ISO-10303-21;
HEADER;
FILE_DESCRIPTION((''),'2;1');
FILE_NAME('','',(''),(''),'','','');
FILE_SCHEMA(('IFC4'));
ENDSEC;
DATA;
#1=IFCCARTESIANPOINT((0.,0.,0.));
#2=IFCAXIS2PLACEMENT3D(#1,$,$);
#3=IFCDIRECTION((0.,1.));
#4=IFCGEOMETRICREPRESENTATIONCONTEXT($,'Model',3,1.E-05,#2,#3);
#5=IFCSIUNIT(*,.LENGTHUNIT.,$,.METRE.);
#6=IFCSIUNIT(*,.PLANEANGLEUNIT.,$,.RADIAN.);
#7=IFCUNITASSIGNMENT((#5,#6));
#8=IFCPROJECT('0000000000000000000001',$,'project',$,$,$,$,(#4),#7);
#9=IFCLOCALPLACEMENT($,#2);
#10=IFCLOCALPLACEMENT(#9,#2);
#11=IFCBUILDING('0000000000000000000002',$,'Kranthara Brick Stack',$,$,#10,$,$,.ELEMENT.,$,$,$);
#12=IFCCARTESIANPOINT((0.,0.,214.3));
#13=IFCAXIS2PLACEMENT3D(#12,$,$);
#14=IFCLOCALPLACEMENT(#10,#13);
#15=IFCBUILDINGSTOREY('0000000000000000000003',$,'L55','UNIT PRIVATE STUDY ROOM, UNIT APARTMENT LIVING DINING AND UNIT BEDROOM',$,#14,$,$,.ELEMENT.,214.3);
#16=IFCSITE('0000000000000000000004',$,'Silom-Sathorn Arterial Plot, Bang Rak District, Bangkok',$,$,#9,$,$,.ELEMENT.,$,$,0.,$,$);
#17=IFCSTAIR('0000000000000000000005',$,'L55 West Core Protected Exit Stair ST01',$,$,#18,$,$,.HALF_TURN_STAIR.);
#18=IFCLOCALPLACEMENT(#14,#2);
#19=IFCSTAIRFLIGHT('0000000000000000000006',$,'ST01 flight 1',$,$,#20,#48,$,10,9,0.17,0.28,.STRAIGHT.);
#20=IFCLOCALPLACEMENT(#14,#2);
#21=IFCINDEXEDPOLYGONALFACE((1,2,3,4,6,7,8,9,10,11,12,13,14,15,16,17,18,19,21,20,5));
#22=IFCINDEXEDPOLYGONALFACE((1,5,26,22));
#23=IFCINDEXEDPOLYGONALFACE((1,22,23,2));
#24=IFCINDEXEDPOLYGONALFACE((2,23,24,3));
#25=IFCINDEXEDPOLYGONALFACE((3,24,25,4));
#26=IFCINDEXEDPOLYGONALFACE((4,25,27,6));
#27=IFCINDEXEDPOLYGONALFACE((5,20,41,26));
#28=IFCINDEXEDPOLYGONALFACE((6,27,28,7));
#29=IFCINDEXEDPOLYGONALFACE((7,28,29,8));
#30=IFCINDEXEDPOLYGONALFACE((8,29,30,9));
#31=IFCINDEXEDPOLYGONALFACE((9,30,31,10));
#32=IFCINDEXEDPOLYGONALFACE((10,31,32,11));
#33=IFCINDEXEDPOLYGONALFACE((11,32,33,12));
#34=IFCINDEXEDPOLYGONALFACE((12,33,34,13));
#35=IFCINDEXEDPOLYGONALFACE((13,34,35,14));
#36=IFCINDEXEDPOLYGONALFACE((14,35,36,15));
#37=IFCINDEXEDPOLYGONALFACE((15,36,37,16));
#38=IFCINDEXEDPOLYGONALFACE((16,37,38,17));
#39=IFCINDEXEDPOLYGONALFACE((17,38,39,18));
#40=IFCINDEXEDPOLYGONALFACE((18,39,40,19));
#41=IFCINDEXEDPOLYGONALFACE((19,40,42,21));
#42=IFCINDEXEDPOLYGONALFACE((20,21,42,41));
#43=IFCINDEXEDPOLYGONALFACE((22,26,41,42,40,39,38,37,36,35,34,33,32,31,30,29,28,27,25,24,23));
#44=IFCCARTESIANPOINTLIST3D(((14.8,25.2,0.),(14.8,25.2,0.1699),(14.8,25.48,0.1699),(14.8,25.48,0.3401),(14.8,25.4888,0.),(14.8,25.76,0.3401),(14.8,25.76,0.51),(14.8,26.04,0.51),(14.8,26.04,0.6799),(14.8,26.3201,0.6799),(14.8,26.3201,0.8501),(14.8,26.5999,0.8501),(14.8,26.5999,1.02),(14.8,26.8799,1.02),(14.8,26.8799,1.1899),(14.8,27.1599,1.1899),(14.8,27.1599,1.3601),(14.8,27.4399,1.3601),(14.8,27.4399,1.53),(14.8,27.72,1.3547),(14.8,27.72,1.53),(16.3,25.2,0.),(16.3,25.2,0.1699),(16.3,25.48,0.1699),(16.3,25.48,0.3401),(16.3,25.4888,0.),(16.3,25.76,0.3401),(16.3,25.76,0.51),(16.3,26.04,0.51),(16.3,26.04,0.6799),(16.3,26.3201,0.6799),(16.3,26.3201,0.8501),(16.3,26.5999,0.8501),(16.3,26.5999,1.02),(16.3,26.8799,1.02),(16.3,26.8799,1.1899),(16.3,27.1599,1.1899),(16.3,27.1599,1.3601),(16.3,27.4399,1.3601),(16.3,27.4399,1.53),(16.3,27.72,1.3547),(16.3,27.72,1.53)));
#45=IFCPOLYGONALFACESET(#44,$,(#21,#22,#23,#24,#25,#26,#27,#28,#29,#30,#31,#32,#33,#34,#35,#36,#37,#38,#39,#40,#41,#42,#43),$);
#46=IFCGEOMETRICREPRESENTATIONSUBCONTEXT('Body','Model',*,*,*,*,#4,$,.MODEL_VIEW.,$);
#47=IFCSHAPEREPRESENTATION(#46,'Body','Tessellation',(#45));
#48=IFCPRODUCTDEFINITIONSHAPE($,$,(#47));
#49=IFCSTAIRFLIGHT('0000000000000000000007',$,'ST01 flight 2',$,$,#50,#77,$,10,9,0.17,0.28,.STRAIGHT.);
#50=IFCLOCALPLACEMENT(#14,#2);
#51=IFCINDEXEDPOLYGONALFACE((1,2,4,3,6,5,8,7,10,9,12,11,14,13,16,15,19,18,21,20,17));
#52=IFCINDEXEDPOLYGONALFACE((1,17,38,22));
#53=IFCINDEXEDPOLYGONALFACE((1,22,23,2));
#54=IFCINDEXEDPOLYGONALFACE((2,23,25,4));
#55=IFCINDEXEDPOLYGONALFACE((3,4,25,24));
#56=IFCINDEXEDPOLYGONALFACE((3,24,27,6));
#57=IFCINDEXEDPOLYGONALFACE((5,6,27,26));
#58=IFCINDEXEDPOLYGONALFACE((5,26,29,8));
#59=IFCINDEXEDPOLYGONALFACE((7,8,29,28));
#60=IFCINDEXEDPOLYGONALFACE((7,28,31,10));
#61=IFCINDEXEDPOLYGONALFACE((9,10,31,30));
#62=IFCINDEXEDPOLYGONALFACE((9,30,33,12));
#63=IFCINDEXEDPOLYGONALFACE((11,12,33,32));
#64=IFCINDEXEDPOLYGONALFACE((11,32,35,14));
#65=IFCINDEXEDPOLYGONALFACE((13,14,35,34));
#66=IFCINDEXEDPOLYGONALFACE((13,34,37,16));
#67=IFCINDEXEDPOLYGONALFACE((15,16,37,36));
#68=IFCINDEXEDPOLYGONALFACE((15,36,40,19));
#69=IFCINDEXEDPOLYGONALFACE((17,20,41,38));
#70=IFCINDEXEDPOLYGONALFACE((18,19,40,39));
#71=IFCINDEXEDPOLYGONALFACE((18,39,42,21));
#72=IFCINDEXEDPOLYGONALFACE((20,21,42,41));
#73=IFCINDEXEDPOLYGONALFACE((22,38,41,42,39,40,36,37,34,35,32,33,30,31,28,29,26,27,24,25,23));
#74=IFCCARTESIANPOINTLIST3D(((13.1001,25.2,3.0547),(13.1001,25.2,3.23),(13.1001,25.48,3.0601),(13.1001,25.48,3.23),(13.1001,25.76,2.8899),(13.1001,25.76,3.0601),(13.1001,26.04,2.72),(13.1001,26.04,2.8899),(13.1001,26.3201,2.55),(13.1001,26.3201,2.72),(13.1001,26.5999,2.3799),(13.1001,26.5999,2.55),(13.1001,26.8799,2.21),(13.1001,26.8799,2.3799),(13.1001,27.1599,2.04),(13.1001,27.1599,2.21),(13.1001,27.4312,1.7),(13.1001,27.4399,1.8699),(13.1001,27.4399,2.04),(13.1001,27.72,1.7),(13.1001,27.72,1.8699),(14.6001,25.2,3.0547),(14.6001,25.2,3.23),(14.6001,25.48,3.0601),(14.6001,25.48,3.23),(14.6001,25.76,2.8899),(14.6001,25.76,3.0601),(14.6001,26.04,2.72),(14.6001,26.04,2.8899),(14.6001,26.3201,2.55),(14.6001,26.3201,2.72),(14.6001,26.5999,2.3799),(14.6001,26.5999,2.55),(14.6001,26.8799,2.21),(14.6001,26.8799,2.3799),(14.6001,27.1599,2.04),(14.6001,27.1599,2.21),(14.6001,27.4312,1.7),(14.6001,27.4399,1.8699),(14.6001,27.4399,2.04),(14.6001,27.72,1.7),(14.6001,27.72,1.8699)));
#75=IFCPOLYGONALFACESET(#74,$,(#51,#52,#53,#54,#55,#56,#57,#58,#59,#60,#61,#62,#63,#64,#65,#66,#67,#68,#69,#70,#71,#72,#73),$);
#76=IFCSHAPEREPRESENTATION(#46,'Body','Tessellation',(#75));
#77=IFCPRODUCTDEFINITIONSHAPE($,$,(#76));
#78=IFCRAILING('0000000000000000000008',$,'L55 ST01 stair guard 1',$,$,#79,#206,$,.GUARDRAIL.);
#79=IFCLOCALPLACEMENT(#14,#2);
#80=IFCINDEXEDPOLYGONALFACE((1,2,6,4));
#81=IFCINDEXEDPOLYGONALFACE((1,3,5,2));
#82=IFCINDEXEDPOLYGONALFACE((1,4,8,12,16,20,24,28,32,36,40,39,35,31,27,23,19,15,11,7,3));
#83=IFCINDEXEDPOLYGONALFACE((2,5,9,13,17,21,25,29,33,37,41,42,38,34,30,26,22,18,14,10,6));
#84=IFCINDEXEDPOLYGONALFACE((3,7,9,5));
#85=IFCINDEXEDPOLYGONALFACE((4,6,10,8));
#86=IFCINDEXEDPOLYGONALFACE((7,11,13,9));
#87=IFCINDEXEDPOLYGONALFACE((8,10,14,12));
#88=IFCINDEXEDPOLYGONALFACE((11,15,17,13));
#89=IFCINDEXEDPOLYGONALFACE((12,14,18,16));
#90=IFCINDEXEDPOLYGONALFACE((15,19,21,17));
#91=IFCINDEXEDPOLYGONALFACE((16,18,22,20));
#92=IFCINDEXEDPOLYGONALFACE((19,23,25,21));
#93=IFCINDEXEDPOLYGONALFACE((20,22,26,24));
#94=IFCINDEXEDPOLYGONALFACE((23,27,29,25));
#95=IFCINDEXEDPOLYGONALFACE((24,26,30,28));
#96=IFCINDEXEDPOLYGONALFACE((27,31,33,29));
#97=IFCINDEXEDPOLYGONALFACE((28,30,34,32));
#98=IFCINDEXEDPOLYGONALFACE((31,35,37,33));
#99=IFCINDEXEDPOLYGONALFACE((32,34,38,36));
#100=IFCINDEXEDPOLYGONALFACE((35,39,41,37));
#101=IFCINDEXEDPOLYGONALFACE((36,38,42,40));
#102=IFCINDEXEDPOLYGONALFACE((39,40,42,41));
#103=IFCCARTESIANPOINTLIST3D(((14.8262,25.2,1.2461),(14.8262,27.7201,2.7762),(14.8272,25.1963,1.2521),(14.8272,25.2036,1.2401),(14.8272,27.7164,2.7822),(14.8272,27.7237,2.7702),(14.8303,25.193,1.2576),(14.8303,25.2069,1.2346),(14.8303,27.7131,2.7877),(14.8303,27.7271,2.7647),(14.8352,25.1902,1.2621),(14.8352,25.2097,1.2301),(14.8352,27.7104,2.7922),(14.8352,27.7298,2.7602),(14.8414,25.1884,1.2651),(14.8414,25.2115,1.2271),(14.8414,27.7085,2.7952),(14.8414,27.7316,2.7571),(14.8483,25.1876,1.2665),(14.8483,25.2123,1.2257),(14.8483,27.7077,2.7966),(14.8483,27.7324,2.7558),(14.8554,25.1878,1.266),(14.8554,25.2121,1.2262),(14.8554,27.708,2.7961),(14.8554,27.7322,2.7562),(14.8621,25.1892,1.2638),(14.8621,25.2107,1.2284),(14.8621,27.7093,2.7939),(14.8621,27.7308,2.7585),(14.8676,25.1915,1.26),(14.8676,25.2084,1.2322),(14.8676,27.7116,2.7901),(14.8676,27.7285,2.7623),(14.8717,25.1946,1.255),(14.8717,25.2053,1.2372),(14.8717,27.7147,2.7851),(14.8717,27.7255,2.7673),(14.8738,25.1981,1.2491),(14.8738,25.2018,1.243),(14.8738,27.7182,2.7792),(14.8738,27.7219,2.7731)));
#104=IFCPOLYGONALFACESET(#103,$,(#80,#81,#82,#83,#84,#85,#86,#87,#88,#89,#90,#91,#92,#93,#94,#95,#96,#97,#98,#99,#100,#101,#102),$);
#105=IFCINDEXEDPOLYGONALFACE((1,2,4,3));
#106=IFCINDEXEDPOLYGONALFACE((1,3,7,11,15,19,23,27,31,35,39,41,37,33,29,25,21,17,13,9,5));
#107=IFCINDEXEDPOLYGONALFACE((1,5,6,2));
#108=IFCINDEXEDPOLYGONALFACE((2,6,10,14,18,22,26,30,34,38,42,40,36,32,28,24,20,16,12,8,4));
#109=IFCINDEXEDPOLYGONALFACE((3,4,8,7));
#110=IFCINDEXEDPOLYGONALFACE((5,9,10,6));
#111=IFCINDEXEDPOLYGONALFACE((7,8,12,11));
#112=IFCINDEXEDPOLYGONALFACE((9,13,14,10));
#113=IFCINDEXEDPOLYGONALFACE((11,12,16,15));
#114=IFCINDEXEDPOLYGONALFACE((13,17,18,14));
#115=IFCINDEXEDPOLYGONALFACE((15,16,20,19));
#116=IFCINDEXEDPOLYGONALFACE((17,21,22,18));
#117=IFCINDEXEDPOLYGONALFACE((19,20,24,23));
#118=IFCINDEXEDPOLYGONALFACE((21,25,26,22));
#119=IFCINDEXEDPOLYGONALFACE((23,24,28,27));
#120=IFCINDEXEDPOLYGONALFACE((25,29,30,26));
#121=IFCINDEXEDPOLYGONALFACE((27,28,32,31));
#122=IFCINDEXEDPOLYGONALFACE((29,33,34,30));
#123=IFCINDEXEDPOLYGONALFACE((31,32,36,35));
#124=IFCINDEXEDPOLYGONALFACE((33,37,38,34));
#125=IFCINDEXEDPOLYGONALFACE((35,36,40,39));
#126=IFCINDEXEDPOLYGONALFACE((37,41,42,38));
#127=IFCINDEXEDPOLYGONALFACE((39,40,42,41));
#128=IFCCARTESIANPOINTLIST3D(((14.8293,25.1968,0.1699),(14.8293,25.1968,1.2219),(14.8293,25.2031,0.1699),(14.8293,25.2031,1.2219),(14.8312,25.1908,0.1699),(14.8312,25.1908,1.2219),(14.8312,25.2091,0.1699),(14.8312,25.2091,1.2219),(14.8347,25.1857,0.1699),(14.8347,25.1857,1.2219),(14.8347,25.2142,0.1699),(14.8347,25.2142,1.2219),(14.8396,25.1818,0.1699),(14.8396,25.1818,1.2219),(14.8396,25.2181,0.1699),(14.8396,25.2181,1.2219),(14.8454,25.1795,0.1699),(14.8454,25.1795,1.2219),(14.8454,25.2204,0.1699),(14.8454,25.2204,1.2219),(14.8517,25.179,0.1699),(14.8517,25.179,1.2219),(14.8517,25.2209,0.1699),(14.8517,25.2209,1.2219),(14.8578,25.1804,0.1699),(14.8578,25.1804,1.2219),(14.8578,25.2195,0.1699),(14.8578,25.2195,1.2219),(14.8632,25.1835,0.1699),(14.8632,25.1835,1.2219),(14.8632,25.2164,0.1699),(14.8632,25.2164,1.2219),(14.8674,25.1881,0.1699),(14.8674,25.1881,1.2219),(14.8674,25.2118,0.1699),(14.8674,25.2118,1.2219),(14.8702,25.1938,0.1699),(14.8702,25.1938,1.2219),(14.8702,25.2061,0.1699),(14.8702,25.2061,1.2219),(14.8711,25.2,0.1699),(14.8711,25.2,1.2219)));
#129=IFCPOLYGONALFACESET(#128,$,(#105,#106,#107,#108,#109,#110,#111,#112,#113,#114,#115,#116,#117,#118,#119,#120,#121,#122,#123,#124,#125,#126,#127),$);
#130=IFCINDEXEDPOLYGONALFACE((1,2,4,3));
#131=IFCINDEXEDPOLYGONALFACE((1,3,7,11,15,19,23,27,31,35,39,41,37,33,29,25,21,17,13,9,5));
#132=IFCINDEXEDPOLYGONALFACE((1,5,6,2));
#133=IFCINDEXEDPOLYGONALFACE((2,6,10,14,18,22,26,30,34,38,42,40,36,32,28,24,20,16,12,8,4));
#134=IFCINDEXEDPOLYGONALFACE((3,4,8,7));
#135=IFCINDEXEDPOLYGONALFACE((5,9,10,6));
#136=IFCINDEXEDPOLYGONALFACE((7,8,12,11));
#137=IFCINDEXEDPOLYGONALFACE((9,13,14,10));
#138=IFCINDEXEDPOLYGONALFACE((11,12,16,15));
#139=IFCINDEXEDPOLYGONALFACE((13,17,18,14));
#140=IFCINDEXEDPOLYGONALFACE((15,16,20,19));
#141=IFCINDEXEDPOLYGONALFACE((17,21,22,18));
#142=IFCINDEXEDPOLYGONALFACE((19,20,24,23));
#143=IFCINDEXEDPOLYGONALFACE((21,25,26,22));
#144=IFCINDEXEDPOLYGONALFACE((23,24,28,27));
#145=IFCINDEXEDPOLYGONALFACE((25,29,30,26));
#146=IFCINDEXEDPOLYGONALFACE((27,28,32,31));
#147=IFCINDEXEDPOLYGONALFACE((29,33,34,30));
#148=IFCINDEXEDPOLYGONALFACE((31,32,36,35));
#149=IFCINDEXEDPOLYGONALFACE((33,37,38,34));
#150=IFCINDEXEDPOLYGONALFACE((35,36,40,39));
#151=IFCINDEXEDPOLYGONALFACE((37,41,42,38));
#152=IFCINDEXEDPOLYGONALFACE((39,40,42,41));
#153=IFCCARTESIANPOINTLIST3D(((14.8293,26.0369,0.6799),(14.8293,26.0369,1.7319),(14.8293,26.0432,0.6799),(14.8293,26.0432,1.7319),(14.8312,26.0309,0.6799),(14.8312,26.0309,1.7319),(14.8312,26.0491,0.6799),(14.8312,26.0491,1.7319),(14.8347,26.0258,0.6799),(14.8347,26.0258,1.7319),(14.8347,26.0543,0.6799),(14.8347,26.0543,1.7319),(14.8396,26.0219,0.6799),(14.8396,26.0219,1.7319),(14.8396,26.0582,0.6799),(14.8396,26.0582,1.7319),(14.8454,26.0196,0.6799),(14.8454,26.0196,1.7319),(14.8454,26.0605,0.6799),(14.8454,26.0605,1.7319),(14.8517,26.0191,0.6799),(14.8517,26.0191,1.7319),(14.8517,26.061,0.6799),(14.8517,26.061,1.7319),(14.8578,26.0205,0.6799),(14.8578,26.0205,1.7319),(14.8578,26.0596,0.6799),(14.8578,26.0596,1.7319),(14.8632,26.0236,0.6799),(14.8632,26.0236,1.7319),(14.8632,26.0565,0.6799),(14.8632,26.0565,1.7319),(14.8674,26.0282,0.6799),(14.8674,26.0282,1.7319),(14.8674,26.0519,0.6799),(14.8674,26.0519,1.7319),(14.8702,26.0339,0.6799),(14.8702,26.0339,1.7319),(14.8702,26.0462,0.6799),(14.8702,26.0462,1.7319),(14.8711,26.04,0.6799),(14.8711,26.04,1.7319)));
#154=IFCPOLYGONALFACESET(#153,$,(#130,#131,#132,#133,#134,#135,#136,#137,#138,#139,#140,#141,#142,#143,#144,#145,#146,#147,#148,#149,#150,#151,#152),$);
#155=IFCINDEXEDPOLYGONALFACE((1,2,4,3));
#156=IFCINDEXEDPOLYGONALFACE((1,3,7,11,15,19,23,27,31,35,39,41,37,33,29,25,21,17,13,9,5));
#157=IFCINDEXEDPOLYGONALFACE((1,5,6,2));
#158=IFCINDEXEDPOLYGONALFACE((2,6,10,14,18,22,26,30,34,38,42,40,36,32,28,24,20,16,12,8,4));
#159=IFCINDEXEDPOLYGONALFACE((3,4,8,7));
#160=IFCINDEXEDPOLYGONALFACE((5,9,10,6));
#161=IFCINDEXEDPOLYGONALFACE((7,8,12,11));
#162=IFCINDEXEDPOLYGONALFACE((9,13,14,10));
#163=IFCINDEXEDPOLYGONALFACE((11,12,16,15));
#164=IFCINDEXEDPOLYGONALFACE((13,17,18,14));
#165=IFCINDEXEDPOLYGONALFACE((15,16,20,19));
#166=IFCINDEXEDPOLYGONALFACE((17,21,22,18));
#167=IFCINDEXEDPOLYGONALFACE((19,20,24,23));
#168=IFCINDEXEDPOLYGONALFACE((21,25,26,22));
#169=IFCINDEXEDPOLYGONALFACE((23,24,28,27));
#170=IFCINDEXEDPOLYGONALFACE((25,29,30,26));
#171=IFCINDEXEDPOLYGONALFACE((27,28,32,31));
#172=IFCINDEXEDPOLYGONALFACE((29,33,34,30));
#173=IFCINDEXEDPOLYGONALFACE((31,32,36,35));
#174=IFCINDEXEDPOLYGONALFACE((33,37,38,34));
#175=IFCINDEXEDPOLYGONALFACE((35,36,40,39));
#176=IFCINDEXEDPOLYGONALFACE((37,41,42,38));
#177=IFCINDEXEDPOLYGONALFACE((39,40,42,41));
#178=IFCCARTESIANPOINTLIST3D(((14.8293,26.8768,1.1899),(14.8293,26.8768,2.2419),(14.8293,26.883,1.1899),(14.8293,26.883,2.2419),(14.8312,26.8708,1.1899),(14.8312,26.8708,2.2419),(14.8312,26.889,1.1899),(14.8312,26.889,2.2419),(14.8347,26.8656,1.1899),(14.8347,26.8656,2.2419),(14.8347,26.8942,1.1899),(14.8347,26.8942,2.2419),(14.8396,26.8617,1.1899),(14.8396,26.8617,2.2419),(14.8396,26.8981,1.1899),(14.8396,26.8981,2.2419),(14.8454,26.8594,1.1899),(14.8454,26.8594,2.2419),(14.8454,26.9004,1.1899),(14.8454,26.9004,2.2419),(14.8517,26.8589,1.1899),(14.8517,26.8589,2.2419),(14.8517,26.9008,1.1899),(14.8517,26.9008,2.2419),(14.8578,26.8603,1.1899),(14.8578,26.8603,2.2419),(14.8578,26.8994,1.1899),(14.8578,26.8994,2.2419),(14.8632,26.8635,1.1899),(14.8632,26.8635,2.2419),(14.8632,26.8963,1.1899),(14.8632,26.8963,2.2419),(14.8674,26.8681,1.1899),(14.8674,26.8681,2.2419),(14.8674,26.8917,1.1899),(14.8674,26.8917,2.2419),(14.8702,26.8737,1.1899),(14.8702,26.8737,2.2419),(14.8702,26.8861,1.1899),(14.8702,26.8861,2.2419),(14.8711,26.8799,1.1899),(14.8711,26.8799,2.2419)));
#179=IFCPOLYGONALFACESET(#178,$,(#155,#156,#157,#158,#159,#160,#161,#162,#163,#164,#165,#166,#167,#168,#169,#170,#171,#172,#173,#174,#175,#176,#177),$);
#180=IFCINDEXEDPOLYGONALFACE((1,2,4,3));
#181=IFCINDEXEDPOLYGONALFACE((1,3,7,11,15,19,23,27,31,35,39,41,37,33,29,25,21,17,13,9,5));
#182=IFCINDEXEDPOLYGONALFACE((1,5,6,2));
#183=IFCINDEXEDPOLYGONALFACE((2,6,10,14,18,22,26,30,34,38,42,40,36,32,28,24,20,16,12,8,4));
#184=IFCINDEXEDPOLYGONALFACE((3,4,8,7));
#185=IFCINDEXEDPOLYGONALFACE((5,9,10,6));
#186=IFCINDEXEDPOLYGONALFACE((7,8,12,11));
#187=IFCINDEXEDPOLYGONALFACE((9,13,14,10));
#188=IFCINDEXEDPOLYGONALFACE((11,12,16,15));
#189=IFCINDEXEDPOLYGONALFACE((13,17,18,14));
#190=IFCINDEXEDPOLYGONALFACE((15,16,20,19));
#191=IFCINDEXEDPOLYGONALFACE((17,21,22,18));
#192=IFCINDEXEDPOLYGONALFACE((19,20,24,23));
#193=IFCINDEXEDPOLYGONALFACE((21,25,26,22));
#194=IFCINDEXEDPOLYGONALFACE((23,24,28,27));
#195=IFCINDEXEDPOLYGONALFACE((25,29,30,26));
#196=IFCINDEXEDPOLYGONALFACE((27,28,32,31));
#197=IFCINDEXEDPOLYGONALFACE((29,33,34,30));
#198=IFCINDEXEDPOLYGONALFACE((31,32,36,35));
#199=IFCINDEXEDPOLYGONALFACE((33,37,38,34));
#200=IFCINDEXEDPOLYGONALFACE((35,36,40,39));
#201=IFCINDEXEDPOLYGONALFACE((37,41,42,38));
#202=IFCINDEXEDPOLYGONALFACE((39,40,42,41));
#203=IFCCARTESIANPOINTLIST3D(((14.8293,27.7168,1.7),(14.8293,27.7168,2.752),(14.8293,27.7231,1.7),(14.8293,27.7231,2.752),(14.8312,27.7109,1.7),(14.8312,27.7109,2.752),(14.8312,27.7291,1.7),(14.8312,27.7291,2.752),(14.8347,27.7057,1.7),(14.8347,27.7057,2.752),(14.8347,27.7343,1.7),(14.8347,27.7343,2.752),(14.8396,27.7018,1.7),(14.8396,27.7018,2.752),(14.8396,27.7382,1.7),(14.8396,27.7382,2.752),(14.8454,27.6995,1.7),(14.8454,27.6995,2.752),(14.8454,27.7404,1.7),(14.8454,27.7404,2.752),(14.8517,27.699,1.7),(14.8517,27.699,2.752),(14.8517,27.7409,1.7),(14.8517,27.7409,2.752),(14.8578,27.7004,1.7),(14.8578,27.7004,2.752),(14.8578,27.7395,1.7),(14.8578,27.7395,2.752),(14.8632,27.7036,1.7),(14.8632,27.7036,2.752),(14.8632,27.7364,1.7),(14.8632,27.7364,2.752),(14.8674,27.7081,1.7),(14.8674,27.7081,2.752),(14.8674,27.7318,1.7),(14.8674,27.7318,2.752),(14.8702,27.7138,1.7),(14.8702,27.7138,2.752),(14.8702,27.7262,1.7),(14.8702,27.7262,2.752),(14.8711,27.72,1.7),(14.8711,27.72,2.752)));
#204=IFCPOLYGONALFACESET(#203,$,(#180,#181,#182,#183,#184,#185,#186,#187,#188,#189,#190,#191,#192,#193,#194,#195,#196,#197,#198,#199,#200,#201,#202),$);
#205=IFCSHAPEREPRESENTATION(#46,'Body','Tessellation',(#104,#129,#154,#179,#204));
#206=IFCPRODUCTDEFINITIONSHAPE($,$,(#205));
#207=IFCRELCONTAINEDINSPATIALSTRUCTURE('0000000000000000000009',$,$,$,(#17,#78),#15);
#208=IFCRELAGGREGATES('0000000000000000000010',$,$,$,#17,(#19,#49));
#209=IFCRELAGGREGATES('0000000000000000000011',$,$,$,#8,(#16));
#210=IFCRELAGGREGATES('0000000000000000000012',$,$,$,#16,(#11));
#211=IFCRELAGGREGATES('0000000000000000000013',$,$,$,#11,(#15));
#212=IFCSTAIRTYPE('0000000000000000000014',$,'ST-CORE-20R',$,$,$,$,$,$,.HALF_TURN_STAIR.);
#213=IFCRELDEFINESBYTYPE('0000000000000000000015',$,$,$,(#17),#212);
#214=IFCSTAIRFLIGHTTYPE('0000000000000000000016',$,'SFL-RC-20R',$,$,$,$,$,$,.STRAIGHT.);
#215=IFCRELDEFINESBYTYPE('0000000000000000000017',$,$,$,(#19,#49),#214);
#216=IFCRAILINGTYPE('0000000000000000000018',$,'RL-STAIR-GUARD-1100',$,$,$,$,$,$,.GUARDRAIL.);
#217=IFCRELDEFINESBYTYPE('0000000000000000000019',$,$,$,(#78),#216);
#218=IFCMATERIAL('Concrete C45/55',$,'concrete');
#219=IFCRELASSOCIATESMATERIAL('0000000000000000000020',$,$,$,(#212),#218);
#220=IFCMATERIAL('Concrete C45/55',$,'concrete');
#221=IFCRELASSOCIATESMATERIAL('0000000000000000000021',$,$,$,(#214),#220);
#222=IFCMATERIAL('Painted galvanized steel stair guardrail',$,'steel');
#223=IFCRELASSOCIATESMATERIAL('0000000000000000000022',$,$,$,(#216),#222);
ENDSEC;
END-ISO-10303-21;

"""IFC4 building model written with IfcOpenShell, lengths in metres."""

from ifc_helpers import new_model, si_unit, direction, frame, origin, origin_2d, place, context, subcontext, project, spatial, polyline, circle, outline, extrude, material, type_object, element, aggregate, save


model = new_model("IFC4")

# Units and contexts
model_context = context("Model", 3, precision=1e-05, world=origin(), true_north=direction((0.0, 1.0)))
body_context = subcontext(model_context, "Body", "Model", "MODEL_VIEW")
ifc_project = project(units=[si_unit("LENGTHUNIT", "METRE"), si_unit("PLANEANGLEUNIT", "RADIAN")], contexts=[model_context])

# Site, building, storey
site_placement = place(None, origin())
site = spatial("IfcSite", under=ifc_project, at=site_placement, Name="Silom-Sathorn Arterial Plot, Bang Rak District, Bangkok", CompositionType="ELEMENT", RefElevation=0.0)
building_placement = place(site_placement, origin())
building = spatial("IfcBuilding", under=site, at=building_placement, Name="Kranthara Brick Stack", CompositionType="ELEMENT")
storey_placement = place(building_placement, frame((0.0, 0.0, 214.3)))
storey = spatial("IfcBuildingStorey", under=building, at=storey_placement, Name="L55", Description="UNIT PRIVATE STUDY ROOM, UNIT APARTMENT LIVING DINING AND UNIT BEDROOM", CompositionType="ELEMENT", Elevation=214.3)

# Stair, stair flights
ifc_material_1 = material(Name="Concrete C45/55", Category="concrete")
stair_type = type_object("IfcStairType", Name="ST-CORE-20R", PredefinedType="HALF_TURN_STAIR", material=ifc_material_1)
stair_placement = place(storey_placement, origin())
stair = element("IfcStair", 1, at=stair_placement, inside=storey, type_object=stair_type, Name="L55 West Core Protected Exit Stair ST01", PredefinedType="HALF_TURN_STAIR")
ifc_material_2 = material(Name="Concrete C45/55", Category="concrete")
stair_flight_type = type_object("IfcStairFlightType", Name="SFL-RC-20R", PredefinedType="STRAIGHT", material=ifc_material_2)
stair_flight_1_placement = place(storey_placement, frame((15.55, 25.2, 0.0), z_axis=(0.0, 0.0, 1.0), x_axis=(0.0, 1.0, 0.0)))
stair_flight_1 = element("IfcStairFlight", 2, at=stair_flight_1_placement, type_object=stair_flight_type, Name="ST01 flight 1", NumberOfRisers=10, NumberOfTreads=9, PredefinedType="STRAIGHT", RiserHeight=0.17, TreadLength=0.28, context=body_context, shape_type="SweptSolid", body=[
    extrude(outline(polyline([(0.0, 0.0), (0.0, 0.1699), (0.28, 0.1699), (0.28, 0.3401), (0.5601, 0.3401), (0.5601, 0.51), (0.8401, 0.51), (0.8401, 0.6799), (1.1201, 0.6799), (1.1201, 0.8501), (1.3999, 0.8501), (1.3999, 1.02), (1.6799, 1.02), (1.6799, 1.1899), (1.96, 1.1899), (1.96, 1.3601), (2.24, 1.3601), (2.24, 1.53), (2.52, 1.53), (2.52, 1.7), (2.52, 1.3547), (0.2888, 0.0), (0.0, 0.0)])), frame((0.0, 0.75, 0.0), z_axis=(0.0, -1.0, 0.0), x_axis=(1.0, 0.0, 0.0)), (0.0, 0.0, 1.0), 1.5),
])
stair_flight_2_placement = place(storey_placement, frame((13.8501, 27.72, 1.7), z_axis=(0.0, 0.0, 1.0), x_axis=(0.0, -1.0, 0.0)))
stair_flight_2 = element("IfcStairFlight", 3, at=stair_flight_2_placement, type_object=stair_flight_type, Name="ST01 flight 2", NumberOfRisers=10, NumberOfTreads=9, PredefinedType="STRAIGHT", RiserHeight=0.17, TreadLength=0.28, context=body_context, shape_type="SweptSolid", body=[
    extrude(outline(polyline([(0.0, 0.0), (0.0, 0.1699), (0.28, 0.1699), (0.28, 0.3401), (0.5601, 0.3401), (0.5601, 0.51), (0.8401, 0.51), (0.8401, 0.6799), (1.1201, 0.6799), (1.1201, 0.8501), (1.3999, 0.8501), (1.3999, 1.02), (1.6799, 1.02), (1.6799, 1.1899), (1.96, 1.1899), (1.96, 1.3601), (2.24, 1.3601), (2.24, 1.53), (2.52, 1.53), (2.52, 1.7), (2.52, 1.3547), (0.2888, 0.0), (0.0, 0.0)])), frame((0.0, 0.75, 0.0), z_axis=(0.0, -1.0, 0.0), x_axis=(1.0, 0.0, 0.0)), (0.0, 0.0, 1.0), 1.5),
])
aggregate(stair, [stair_flight_1, stair_flight_2])

# Railing
ifc_material_3 = material(Name="Painted galvanized steel stair guardrail", Category="steel")
railing_type_1 = type_object("IfcRailingType", Name="RL-STAIR-GUARD-1100", PredefinedType="GUARDRAIL", material=ifc_material_3)
railing_1_placement = place(storey_placement, frame((14.8501, 25.2, 0.1699)))
element("IfcRailing", 4, at=railing_1_placement, inside=storey, type_object=railing_type_1, Name="L55 ST01 stair guard 1", PredefinedType="GUARDRAIL", context=body_context, shape_type="SweptSolid", body=[
    extrude(circle(Radius=0.0239, at=origin_2d()), frame((0.0, 0.0, 1.0762), z_axis=(0.0, 0.854785, 0.518982), x_axis=(-1.0, 0.0, 0.0)), (0.0, 0.0, 1.0), 2.9482),
    extrude(circle(Radius=0.021, at=origin_2d()), origin(), (0.0, 0.0, 1.0), 1.052),
    extrude(circle(Radius=0.021, at=origin_2d()), frame((0.0, 0.8401, 0.51)), (0.0, 0.0, 1.0), 1.052),
    extrude(circle(Radius=0.021, at=origin_2d()), frame((0.0, 1.6799, 1.02)), (0.0, 0.0, 1.0), 1.052),
    extrude(circle(Radius=0.021, at=origin_2d()), frame((0.0, 2.52, 1.53)), (0.0, 0.0, 1.0), 1.052),
])

save(model, "model.ifc")
